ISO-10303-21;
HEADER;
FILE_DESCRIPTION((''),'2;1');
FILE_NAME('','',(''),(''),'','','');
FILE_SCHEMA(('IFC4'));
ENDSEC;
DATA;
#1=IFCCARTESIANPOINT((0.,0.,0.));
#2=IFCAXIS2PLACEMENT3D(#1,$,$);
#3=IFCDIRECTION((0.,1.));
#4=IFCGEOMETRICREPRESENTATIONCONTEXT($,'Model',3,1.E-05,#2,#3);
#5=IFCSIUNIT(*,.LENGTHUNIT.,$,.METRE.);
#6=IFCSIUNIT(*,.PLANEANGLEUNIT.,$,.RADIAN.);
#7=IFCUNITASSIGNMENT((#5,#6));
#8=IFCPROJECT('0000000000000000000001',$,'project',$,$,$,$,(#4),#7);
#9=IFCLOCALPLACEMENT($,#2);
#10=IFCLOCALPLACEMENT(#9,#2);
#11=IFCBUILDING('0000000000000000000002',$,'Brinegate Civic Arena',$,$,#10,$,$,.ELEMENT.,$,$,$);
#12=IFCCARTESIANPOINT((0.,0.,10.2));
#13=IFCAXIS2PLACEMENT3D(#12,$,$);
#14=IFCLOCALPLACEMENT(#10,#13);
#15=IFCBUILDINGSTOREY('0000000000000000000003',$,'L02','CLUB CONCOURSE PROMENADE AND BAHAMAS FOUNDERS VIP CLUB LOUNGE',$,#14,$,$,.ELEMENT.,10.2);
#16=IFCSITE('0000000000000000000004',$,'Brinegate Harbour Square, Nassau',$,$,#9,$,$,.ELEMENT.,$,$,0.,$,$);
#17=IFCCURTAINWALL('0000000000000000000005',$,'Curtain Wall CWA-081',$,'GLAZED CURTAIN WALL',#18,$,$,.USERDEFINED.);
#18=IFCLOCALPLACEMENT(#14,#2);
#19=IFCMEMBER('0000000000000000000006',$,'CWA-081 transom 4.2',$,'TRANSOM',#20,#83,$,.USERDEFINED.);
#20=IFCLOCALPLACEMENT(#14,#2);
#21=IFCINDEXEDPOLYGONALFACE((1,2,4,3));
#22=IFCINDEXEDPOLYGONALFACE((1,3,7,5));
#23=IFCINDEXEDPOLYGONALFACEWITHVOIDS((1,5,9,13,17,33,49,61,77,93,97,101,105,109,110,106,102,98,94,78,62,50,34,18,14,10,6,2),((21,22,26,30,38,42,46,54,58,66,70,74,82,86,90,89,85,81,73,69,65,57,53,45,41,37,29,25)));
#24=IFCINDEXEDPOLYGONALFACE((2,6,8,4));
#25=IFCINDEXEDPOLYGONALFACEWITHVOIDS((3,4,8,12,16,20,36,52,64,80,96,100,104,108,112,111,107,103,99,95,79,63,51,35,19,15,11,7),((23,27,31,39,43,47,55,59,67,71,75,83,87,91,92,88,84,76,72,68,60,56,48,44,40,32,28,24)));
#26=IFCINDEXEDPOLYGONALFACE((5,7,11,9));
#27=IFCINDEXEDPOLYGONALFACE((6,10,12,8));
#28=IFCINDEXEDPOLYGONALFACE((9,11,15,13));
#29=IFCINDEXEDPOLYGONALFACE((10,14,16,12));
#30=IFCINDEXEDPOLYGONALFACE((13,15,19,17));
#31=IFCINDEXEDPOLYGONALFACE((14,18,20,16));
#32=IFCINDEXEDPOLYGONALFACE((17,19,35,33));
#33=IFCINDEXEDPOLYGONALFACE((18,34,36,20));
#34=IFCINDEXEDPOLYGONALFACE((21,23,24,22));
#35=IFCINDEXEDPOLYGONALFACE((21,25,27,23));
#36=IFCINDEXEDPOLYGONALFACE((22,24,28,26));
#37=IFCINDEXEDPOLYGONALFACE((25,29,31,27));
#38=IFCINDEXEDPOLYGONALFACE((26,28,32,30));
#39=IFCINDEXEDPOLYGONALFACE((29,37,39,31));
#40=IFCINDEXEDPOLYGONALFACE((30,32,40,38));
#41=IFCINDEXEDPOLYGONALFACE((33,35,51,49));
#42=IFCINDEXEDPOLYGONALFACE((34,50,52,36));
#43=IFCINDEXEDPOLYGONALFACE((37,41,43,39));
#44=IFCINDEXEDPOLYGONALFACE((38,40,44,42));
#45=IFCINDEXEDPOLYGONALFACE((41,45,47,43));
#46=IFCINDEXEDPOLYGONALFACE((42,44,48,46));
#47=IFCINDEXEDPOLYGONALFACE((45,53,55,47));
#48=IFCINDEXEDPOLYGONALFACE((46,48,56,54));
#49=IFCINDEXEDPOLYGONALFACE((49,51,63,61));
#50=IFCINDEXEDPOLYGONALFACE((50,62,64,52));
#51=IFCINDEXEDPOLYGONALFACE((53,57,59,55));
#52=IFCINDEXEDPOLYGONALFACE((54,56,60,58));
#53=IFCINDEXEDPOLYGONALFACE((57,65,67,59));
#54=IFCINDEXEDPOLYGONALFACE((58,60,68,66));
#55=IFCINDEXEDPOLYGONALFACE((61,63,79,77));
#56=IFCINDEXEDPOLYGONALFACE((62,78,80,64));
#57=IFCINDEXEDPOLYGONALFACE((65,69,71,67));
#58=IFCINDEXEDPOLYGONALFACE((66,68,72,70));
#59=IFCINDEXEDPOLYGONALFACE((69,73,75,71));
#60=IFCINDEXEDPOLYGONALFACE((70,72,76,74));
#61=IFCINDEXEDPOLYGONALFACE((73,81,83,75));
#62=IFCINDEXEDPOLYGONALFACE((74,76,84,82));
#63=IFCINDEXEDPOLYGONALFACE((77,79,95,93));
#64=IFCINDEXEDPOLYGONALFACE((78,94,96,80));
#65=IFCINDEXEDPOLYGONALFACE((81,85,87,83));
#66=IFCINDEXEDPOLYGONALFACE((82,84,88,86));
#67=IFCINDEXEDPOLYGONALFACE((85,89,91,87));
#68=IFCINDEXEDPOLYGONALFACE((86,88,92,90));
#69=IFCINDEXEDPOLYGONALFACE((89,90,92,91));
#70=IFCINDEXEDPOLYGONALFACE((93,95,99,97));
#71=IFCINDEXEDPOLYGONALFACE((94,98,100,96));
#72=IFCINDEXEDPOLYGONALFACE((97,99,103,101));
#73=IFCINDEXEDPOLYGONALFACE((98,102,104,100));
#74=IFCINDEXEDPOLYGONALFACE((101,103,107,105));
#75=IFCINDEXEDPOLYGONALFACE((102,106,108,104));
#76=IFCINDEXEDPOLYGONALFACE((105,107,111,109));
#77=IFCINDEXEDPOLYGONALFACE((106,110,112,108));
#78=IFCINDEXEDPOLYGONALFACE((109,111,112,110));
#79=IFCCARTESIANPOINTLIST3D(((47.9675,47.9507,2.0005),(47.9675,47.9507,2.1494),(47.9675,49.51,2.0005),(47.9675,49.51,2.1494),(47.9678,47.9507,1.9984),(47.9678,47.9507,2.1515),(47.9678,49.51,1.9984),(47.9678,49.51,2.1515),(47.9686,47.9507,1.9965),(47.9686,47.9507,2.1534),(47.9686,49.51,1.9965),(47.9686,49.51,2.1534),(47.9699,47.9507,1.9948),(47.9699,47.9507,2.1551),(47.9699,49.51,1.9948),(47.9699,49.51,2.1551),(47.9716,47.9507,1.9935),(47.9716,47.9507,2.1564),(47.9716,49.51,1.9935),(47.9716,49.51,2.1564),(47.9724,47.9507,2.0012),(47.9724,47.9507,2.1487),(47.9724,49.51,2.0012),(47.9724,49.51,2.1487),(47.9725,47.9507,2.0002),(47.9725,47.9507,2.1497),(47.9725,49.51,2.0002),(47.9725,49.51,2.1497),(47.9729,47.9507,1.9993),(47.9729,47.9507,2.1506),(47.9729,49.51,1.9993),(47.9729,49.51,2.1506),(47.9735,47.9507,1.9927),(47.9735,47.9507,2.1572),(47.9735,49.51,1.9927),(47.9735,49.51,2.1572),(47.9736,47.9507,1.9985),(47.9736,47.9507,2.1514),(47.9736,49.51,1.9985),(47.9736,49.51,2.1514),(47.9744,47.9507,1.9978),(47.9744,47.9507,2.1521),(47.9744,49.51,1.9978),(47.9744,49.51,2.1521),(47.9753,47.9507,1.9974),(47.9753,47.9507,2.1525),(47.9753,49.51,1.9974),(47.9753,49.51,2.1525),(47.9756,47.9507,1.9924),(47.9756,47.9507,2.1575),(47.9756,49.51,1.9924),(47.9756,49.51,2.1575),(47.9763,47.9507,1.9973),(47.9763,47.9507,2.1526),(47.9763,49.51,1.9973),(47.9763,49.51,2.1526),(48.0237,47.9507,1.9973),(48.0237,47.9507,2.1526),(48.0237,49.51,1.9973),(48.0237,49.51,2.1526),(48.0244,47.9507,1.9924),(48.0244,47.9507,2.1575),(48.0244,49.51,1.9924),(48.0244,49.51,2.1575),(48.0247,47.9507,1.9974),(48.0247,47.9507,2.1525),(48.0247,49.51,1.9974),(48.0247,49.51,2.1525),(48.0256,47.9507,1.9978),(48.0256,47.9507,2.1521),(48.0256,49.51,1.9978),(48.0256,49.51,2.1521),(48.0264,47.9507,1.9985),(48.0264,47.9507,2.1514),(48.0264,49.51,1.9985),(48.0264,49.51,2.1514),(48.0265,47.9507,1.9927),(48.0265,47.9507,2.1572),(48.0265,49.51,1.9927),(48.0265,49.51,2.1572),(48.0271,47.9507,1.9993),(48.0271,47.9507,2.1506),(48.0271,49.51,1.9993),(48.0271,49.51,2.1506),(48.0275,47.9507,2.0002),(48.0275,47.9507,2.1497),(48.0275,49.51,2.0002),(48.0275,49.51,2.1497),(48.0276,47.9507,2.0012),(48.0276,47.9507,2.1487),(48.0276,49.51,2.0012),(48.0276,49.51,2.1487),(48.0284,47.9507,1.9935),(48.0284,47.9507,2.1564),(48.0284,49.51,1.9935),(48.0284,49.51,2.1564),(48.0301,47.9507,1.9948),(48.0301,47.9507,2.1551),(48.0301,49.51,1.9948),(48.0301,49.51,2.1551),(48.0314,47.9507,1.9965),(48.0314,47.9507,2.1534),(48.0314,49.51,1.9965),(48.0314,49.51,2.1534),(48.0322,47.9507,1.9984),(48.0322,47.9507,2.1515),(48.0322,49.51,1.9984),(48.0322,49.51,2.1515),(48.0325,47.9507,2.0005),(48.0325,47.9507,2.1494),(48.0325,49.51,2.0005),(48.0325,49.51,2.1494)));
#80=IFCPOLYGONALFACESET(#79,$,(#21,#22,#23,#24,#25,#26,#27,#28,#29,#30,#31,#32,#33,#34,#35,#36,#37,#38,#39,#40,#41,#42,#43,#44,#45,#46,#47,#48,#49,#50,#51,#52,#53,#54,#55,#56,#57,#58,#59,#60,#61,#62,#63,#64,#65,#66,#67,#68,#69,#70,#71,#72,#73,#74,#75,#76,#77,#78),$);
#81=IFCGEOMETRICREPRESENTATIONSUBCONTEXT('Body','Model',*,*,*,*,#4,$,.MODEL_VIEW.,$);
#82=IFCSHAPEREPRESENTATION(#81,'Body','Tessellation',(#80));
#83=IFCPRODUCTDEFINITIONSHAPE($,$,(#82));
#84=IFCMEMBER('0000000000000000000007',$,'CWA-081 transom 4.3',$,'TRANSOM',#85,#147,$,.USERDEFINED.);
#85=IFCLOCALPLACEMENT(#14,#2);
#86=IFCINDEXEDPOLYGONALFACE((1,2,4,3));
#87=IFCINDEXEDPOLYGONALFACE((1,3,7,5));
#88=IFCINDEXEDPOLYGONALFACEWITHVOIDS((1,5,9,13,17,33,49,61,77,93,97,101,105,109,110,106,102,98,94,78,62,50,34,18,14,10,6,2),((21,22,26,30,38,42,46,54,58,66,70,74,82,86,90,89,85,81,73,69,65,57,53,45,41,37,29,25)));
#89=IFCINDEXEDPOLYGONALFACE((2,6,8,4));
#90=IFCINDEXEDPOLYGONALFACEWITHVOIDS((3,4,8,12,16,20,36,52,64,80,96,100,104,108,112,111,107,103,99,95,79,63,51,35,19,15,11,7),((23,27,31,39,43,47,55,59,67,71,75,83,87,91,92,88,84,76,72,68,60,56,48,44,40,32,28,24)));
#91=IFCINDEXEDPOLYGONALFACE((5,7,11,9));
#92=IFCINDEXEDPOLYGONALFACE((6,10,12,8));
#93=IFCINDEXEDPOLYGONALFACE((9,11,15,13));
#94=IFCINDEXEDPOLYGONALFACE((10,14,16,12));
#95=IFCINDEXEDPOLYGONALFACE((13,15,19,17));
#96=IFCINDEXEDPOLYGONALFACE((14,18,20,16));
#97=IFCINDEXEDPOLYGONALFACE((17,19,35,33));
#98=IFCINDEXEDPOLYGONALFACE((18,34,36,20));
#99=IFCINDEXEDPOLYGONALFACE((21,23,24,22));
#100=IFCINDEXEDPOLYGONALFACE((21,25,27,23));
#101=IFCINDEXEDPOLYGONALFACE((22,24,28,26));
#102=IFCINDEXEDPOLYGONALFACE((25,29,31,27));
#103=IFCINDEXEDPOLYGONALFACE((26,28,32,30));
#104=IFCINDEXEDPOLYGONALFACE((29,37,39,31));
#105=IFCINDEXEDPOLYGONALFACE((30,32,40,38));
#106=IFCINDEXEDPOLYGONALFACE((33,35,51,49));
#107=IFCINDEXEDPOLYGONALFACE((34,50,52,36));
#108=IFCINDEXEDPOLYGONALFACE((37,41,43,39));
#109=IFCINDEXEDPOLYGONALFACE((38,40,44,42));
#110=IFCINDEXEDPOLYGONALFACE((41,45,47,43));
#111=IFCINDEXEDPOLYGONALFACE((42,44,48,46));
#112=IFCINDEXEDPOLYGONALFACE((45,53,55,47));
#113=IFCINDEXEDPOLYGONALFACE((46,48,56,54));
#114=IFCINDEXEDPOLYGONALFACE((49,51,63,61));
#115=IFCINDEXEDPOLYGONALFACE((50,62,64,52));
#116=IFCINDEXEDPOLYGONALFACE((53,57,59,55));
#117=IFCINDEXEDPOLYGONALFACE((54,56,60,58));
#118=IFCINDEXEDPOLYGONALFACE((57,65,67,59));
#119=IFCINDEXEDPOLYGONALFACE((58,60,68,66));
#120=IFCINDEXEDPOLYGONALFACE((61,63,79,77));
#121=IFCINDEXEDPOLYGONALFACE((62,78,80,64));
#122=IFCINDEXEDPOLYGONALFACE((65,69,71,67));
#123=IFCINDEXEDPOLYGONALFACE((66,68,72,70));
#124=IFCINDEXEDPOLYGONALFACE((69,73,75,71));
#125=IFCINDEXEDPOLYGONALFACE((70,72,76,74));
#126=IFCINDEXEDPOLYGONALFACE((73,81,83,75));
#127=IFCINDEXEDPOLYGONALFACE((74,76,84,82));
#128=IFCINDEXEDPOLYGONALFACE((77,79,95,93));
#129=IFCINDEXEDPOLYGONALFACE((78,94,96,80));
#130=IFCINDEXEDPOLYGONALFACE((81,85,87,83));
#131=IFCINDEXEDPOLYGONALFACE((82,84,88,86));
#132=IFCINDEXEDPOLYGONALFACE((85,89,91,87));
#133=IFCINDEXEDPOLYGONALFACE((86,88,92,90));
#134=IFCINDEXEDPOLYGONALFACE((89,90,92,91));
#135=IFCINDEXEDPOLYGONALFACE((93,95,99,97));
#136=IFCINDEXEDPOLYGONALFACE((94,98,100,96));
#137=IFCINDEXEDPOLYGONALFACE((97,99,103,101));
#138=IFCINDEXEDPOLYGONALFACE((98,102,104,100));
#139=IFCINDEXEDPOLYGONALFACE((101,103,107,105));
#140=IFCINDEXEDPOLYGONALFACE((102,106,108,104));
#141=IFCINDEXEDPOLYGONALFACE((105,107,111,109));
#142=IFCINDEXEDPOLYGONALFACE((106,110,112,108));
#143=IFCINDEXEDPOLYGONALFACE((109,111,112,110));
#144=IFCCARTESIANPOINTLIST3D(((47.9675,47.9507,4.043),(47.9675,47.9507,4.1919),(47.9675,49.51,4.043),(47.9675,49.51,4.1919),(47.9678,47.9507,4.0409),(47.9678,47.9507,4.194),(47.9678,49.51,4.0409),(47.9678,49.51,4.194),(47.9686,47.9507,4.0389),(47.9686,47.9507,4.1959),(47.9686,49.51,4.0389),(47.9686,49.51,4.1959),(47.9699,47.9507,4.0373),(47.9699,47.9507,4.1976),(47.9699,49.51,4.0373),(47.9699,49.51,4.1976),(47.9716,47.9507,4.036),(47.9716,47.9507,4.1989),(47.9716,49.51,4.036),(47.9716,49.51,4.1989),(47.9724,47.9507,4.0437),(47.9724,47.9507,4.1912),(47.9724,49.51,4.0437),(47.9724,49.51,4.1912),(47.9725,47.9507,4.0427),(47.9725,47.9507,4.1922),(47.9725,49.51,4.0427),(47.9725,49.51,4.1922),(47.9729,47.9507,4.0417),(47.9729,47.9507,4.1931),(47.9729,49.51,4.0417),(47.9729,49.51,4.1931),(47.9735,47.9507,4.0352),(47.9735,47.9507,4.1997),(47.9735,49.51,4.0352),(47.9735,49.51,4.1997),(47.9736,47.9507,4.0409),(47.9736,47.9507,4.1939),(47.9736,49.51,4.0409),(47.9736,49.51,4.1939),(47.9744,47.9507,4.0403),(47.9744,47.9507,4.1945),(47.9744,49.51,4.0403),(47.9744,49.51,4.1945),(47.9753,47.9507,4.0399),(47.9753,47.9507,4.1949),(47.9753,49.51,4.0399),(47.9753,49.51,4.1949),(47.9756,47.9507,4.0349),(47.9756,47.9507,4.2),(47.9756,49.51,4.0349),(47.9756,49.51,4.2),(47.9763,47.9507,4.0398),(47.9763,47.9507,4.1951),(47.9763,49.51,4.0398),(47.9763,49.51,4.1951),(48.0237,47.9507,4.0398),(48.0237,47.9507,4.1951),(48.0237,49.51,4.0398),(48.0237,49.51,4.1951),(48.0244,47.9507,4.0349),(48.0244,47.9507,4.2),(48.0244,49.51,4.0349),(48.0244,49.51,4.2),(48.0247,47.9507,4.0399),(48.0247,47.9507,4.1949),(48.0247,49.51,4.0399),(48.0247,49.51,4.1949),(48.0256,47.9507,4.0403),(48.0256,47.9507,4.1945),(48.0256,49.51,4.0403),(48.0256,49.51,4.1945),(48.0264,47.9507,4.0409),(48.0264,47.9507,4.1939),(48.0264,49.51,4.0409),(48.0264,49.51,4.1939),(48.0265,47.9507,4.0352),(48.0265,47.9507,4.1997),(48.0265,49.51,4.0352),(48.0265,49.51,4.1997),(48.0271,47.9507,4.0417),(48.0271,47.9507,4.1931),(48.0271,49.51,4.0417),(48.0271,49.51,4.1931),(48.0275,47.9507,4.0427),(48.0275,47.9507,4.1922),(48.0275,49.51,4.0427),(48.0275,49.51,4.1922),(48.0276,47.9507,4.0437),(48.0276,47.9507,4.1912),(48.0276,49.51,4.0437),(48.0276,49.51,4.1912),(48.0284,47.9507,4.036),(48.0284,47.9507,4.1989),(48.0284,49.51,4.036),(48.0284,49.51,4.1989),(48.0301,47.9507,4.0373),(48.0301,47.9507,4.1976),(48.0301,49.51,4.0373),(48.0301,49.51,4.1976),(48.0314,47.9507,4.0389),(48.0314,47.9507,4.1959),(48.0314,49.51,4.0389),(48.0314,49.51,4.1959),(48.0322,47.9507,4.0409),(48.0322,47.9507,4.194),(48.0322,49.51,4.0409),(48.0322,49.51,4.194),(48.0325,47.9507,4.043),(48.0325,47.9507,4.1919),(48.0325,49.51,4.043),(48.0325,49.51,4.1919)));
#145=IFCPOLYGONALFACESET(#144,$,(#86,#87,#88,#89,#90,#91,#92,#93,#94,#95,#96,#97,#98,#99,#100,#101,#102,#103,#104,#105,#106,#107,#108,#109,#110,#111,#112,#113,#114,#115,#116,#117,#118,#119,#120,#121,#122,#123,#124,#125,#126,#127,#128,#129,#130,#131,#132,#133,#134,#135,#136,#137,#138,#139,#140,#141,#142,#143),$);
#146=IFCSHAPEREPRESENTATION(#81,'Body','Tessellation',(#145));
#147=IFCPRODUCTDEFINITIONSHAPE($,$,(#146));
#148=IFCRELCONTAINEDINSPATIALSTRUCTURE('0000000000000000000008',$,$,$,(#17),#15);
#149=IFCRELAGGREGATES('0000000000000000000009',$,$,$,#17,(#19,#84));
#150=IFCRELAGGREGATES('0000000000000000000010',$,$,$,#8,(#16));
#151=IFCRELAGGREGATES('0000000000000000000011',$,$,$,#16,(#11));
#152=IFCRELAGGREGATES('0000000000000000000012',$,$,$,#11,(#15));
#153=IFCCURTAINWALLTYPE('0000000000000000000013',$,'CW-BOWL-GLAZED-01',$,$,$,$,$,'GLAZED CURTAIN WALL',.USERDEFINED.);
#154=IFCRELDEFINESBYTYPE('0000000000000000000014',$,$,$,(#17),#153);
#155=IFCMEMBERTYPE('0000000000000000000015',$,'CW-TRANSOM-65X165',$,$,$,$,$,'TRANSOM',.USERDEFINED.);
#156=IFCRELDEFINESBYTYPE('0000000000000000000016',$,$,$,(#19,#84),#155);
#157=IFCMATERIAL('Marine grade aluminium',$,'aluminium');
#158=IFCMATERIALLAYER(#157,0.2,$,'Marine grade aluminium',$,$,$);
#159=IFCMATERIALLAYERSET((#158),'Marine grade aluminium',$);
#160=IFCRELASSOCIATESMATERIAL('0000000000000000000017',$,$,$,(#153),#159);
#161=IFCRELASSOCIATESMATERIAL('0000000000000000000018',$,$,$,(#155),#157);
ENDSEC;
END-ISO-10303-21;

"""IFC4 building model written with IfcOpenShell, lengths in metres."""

from ifc_helpers import new_model, si_unit, direction, frame, origin, origin_2d, place, context, subcontext, project, spatial, hollow_rectangle, extrude, material, layer, layer_set, material_profile, profile_set, type_object, element, aggregate, save


model = new_model("IFC4")

# Units and contexts
model_context = context("Model", 3, precision=1e-05, world=origin(), true_north=direction((0.0, 1.0)))
body_context = subcontext(model_context, "Body", "Model", "MODEL_VIEW")
ifc_project = project(units=[si_unit("LENGTHUNIT", "METRE"), si_unit("PLANEANGLEUNIT", "RADIAN")], contexts=[model_context])

# Site, building, storey
site_placement = place(None, origin())
site = spatial("IfcSite", under=ifc_project, at=site_placement, Name="Brinegate Harbour Square, Nassau", CompositionType="ELEMENT", RefElevation=0.0)
building_placement = place(site_placement, origin())
building = spatial("IfcBuilding", under=site, at=building_placement, Name="Brinegate Civic Arena", CompositionType="ELEMENT")
storey_placement = place(building_placement, frame((0.0, 0.0, 10.2)))
storey = spatial("IfcBuildingStorey", under=building, at=storey_placement, Name="L02", Description="CLUB CONCOURSE PROMENADE AND BAHAMAS FOUNDERS VIP CLUB LOUNGE", CompositionType="ELEMENT", Elevation=10.2)

# Curtain wall, members
ifc_material_1 = material(Name="Marine grade aluminium", Category="aluminium")
ifc_layer_1 = layer(ifc_material_1, 0.2, Name="Marine grade aluminium")
ifc_layer_set_1 = layer_set([ifc_layer_1], Name="Marine grade aluminium")
curtain_wall_type = type_object("IfcCurtainWallType", Name="CW-BOWL-GLAZED-01", ElementType="GLAZED CURTAIN WALL", PredefinedType="USERDEFINED", material=ifc_layer_set_1)
curtain_wall_placement = place(storey_placement, origin())
curtain_wall = element("IfcCurtainWall", 1, at=curtain_wall_placement, inside=storey, type_object=curtain_wall_type, Name="Curtain Wall CWA-081", ObjectType="GLAZED CURTAIN WALL", PredefinedType="USERDEFINED")
ifc_material_profile_1 = material_profile(ifc_material_1, hollow_rectangle(XDim=0.0649, YDim=0.165, WallThickness=0.0049, InnerFilletRadius=0.0039, OuterFilletRadius=0.0081, at=origin_2d()), Name="TRN65X165")
ifc_profile_set_1 = profile_set([ifc_material_profile_1], Name="Marine grade aluminium")
member_type_1 = type_object("IfcMemberType", Name="CW-TRANSOM-65X165", ElementType="TRANSOM", PredefinedType="USERDEFINED", material=ifc_profile_set_1)
member_1_placement = place(storey_placement, frame((48.0, 47.9507, 2.075), z_axis=(0.0, 1.0, 0.0), x_axis=(-1.0, 0.0, 0.0)))
member_1 = element("IfcMember", 2, at=member_1_placement, type_object=member_type_1, Name="CWA-081 transom 4.2", ObjectType="TRANSOM", PredefinedType="USERDEFINED", context=body_context, shape_type="SweptSolid", body=[
    extrude(hollow_rectangle(XDim=0.0649, YDim=0.165, WallThickness=0.0049, InnerFilletRadius=0.0039, OuterFilletRadius=0.0081, at=origin_2d()), origin(), (0.0, 0.0, 1.0), 1.5593),
])
member_2_placement = place(storey_placement, frame((48.0, 47.9507, 4.1174), z_axis=(0.0, 1.0, 0.0), x_axis=(-1.0, 0.0, 0.0)))
member_2 = element("IfcMember", 3, at=member_2_placement, type_object=member_type_1, Name="CWA-081 transom 4.3", ObjectType="TRANSOM", PredefinedType="USERDEFINED", context=body_context, shape_type="SweptSolid", body=[
    extrude(hollow_rectangle(XDim=0.0649, YDim=0.165, WallThickness=0.0049, InnerFilletRadius=0.0039, OuterFilletRadius=0.0081, at=origin_2d()), origin(), (0.0, 0.0, 1.0), 1.5593),
])
aggregate(curtain_wall, [member_1, member_2])

save(model, "model.ifc")
